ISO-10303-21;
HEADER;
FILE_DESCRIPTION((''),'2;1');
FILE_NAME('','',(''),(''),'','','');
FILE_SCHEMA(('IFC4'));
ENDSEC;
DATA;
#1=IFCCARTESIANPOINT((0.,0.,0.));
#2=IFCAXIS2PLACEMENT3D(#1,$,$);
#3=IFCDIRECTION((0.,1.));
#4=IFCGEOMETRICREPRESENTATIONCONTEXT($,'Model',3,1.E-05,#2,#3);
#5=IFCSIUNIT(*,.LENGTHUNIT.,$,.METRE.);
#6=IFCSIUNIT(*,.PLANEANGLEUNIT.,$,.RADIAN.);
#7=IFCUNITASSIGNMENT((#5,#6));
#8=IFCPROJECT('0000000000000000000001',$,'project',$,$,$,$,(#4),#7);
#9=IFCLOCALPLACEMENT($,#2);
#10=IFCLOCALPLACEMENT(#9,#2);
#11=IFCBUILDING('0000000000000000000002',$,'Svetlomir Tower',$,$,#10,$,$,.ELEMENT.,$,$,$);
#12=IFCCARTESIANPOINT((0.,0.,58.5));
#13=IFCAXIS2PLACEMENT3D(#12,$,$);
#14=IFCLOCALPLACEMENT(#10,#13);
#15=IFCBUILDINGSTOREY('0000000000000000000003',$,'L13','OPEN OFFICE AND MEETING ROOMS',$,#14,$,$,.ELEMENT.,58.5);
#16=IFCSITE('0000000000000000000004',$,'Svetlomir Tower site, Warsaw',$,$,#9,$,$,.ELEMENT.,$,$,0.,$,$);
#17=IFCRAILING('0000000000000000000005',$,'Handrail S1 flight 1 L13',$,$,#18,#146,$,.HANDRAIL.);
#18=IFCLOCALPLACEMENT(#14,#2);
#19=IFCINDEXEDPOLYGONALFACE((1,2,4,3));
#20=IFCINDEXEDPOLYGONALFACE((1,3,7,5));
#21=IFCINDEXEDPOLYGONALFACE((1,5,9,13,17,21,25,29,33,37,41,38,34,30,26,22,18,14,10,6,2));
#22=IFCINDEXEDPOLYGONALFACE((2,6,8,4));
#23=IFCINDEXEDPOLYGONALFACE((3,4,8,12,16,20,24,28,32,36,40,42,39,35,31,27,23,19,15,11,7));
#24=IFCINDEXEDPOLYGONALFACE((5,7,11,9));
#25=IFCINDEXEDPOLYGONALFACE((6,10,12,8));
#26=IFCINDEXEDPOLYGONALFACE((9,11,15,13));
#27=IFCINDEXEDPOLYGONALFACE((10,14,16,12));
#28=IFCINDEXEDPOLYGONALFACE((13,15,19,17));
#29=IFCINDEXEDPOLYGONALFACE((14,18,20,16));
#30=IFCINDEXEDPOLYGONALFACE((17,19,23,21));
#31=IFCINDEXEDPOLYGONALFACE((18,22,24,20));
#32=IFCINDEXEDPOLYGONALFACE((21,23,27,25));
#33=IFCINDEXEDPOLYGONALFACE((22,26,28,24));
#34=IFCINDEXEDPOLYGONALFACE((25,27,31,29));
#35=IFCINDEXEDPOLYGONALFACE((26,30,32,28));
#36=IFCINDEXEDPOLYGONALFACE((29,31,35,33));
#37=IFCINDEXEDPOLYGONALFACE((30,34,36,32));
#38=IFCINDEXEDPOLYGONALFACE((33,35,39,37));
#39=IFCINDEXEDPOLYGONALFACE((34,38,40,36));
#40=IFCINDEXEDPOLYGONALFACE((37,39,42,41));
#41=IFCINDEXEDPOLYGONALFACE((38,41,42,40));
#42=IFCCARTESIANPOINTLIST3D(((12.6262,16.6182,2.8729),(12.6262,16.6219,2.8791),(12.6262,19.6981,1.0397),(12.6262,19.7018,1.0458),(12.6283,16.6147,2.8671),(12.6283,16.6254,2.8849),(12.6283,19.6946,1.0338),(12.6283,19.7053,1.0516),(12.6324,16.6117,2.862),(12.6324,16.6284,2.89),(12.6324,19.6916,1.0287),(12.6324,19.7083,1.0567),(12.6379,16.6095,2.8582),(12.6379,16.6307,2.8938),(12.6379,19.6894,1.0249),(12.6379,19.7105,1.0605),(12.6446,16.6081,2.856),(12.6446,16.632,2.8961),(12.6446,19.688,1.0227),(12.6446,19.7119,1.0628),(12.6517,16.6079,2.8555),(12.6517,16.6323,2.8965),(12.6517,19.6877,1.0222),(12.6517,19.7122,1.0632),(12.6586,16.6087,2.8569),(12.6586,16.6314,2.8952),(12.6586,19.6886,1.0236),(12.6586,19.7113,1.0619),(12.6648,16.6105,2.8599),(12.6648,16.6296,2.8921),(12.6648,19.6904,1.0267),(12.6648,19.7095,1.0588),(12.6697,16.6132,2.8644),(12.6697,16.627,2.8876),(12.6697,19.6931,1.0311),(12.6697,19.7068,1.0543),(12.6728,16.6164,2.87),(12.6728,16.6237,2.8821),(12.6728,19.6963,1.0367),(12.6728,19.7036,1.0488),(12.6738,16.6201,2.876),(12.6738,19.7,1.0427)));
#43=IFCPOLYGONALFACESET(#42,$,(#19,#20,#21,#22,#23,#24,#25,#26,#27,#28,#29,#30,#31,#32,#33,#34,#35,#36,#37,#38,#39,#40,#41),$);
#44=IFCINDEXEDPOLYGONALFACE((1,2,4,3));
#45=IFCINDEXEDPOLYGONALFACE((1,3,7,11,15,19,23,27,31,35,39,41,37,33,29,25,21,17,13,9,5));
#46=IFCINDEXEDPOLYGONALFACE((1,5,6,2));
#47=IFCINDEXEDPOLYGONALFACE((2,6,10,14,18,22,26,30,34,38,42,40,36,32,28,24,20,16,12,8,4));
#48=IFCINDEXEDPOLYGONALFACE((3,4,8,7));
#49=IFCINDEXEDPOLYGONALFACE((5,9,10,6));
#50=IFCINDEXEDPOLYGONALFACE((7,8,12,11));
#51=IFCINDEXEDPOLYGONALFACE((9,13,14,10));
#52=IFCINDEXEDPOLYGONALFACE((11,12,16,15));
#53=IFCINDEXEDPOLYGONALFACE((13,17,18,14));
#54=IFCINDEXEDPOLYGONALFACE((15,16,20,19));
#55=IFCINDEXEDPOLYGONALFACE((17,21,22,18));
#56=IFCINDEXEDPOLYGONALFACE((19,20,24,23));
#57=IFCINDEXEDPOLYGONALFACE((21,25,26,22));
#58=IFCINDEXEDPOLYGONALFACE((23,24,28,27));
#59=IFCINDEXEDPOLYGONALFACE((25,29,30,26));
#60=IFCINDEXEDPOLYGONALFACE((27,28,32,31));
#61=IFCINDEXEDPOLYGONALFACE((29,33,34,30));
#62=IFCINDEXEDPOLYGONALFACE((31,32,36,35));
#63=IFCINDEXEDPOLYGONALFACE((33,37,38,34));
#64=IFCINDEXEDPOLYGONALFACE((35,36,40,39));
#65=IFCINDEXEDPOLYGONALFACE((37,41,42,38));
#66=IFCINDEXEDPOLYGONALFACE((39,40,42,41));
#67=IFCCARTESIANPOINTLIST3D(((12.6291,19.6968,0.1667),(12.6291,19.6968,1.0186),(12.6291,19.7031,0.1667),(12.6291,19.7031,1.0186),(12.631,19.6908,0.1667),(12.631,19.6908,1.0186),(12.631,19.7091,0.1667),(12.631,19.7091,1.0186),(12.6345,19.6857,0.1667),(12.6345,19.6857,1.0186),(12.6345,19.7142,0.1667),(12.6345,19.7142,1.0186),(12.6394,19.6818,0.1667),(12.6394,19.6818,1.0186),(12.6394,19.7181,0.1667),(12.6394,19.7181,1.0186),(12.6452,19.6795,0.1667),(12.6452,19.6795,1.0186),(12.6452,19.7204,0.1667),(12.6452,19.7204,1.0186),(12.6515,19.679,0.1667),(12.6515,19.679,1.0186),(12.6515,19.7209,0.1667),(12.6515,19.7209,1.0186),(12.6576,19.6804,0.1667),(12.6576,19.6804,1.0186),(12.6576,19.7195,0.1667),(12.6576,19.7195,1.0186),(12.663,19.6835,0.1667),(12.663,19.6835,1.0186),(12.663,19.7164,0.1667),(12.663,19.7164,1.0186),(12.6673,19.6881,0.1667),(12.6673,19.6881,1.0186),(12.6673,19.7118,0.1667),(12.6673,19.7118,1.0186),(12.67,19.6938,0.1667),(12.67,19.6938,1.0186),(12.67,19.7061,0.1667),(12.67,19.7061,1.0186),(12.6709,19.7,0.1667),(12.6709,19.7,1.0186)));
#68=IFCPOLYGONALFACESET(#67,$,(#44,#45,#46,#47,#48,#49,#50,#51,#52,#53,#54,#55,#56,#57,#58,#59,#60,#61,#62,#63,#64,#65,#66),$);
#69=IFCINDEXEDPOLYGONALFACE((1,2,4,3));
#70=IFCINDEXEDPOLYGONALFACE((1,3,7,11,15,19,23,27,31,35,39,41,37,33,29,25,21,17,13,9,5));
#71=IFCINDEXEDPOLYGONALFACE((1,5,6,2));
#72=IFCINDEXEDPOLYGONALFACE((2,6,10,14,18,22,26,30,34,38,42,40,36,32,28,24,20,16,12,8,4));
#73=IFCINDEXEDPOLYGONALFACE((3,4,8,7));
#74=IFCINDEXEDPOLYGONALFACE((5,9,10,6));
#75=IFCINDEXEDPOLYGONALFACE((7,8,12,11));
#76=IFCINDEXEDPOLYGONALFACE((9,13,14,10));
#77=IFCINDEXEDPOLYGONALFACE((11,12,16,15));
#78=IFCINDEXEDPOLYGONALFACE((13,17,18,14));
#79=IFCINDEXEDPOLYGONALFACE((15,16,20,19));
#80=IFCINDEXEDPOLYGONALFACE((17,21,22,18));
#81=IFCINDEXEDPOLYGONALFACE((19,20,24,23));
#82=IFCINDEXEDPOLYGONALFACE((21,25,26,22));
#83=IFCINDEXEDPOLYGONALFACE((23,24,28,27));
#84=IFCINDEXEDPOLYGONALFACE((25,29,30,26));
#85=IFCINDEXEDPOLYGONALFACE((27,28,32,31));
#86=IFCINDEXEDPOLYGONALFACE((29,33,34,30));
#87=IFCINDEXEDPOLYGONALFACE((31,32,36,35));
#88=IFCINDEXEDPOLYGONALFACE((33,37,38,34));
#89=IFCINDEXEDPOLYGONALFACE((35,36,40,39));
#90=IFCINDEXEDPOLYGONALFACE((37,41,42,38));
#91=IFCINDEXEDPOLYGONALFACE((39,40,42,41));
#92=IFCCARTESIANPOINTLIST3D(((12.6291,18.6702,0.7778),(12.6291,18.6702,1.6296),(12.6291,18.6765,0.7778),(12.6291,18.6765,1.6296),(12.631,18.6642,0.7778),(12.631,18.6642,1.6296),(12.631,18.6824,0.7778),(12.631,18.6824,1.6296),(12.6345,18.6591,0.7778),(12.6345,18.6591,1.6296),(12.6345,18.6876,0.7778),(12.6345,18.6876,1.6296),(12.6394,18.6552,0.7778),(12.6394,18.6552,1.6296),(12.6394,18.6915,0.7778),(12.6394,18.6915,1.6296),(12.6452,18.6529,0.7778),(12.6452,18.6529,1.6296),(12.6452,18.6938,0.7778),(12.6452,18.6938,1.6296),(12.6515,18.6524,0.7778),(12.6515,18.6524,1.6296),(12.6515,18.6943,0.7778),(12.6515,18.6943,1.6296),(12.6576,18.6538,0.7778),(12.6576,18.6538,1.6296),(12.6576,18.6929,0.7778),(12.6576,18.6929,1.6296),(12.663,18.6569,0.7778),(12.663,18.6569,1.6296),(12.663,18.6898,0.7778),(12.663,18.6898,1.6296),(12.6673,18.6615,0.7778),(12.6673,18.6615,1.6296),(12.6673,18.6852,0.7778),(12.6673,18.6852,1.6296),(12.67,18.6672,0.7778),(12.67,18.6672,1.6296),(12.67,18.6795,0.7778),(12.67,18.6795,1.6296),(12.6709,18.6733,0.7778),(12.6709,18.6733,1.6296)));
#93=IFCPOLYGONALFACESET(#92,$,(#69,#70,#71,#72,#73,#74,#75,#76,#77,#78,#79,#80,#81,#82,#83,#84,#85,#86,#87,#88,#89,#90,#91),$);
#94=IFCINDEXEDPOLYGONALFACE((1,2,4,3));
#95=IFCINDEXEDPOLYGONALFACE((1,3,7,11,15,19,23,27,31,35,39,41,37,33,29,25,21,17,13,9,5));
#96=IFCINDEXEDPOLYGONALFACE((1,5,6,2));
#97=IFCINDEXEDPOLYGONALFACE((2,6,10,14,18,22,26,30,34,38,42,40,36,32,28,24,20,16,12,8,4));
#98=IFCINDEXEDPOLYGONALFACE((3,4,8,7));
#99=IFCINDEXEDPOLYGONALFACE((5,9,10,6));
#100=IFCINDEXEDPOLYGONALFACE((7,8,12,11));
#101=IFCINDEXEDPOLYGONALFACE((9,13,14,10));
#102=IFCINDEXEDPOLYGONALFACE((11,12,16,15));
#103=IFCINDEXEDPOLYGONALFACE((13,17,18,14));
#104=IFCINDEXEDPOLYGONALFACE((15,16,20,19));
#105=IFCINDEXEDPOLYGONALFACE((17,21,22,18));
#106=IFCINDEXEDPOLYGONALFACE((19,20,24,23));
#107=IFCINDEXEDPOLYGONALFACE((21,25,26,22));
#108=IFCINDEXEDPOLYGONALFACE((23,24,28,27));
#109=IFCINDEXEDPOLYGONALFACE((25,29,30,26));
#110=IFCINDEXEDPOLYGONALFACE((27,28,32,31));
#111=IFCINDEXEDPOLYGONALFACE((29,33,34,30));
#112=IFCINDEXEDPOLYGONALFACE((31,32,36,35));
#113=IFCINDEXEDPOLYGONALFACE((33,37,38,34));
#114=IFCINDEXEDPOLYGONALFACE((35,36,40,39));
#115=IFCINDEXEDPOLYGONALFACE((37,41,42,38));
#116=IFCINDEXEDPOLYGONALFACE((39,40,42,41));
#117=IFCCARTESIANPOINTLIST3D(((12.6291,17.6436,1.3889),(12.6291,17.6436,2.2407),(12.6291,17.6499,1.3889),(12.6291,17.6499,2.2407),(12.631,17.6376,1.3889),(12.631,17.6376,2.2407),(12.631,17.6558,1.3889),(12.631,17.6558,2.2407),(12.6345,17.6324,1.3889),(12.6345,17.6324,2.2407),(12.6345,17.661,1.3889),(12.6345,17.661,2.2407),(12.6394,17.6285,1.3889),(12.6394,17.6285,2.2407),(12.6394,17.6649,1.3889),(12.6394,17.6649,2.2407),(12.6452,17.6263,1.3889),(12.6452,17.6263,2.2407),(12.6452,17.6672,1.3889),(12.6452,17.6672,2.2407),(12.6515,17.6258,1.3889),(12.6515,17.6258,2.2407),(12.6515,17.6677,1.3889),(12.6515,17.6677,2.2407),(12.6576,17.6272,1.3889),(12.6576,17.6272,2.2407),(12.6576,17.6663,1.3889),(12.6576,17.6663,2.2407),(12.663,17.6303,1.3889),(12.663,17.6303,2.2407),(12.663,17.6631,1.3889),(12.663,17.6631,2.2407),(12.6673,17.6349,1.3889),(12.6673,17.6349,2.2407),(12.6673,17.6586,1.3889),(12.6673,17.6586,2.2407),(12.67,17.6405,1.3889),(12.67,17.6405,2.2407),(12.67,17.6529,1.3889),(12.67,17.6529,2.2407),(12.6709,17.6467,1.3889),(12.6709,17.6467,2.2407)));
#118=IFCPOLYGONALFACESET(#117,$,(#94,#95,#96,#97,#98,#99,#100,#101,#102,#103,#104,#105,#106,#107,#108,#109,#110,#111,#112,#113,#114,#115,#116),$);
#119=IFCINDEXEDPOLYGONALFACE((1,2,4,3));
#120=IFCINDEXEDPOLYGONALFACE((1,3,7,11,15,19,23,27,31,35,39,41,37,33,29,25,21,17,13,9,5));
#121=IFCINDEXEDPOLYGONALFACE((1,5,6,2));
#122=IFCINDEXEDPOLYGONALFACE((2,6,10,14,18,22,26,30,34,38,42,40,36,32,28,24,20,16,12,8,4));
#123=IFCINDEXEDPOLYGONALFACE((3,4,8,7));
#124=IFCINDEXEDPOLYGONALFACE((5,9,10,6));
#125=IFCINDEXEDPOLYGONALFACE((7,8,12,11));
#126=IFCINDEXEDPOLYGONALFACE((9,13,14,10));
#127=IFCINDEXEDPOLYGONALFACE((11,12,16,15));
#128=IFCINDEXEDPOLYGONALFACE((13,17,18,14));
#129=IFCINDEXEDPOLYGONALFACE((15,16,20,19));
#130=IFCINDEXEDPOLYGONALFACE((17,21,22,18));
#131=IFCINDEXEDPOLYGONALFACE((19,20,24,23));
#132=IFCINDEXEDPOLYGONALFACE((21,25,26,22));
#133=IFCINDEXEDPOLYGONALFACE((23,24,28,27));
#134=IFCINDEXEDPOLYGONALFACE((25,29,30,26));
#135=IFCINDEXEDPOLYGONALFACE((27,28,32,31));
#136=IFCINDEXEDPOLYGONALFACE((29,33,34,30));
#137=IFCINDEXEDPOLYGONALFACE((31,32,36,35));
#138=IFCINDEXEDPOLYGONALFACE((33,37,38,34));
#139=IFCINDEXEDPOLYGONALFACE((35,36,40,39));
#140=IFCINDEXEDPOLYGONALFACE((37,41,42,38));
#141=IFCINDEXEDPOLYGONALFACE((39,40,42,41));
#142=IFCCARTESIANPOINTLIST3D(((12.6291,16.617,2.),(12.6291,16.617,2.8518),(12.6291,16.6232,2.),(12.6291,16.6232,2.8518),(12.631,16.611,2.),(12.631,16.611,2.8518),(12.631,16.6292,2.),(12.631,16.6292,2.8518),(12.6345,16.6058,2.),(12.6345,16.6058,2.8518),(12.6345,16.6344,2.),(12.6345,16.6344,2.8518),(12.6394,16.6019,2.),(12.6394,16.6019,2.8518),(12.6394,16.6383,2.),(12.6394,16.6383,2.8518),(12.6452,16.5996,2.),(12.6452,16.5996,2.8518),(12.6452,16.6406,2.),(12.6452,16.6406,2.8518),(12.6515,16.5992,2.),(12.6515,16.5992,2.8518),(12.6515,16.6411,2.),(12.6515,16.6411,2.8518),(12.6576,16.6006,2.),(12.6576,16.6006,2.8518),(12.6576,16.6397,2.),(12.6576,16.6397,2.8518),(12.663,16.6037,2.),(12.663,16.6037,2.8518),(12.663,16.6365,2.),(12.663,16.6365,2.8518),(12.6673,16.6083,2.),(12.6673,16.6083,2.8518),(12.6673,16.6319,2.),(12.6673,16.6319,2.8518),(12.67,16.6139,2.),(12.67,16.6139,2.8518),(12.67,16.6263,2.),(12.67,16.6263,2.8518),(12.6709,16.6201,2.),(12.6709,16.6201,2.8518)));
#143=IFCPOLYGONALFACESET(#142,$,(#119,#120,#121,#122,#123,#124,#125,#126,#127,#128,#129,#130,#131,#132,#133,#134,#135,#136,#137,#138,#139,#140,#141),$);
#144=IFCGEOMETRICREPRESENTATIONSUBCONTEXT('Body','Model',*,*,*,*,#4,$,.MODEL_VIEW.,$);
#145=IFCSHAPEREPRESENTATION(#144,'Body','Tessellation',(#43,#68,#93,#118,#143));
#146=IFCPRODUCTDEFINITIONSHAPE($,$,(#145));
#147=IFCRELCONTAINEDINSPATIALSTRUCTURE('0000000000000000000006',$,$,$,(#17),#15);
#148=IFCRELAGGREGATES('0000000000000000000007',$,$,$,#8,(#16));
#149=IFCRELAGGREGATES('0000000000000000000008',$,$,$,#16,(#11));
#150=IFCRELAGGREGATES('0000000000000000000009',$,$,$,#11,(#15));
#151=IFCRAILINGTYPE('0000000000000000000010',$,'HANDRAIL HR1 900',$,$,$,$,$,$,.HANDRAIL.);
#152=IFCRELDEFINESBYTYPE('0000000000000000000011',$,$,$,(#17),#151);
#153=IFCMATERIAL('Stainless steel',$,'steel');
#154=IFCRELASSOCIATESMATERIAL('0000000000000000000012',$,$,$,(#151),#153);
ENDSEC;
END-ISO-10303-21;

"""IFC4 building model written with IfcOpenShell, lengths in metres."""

from ifc_helpers import new_model, si_unit, direction, frame, origin, origin_2d, place, context, subcontext, project, spatial, circle, extrude, material, type_object, element, save


model = new_model("IFC4")

# Units and contexts
model_context = context("Model", 3, precision=1e-05, world=origin(), true_north=direction((0.0, 1.0)))
body_context = subcontext(model_context, "Body", "Model", "MODEL_VIEW")
ifc_project = project(units=[si_unit("LENGTHUNIT", "METRE"), si_unit("PLANEANGLEUNIT", "RADIAN")], contexts=[model_context])

# Site, building, storey
site_placement = place(None, origin())
site = spatial("IfcSite", under=ifc_project, at=site_placement, Name="Svetlomir Tower site, Warsaw", CompositionType="ELEMENT", RefElevation=0.0)
building_placement = place(site_placement, origin())
building = spatial("IfcBuilding", under=site, at=building_placement, Name="Svetlomir Tower", CompositionType="ELEMENT")
storey_placement = place(building_placement, frame((0.0, 0.0, 58.5)))
storey = spatial("IfcBuildingStorey", under=building, at=storey_placement, Name="L13", Description="OPEN OFFICE AND MEETING ROOMS", CompositionType="ELEMENT", Elevation=58.5)

# Railing
ifc_material_1 = material(Name="Stainless steel", Category="steel")
railing_type = type_object("IfcRailingType", Name="HANDRAIL HR1 900", PredefinedType="HANDRAIL", material=ifc_material_1)
railing_placement = place(storey_placement, frame((12.6499, 19.7, 0.1667)))
element("IfcRailing", 1, at=railing_placement, inside=storey, type_object=railing_type, Name="Handrail S1 flight 1 L13", PredefinedType="HANDRAIL", context=body_context, shape_type="SweptSolid", body=[
    extrude(circle(Radius=0.0239, at=origin_2d()), frame((0.0, 0.0, 0.876), z_axis=(0.0, -0.859291, 0.511487), x_axis=(1.0, 0.0, 0.0)), (0.0, 0.0, 1.0), 3.5842),
    extrude(circle(Radius=0.021, at=origin_2d()), origin(), (0.0, 0.0, 1.0), 0.8518),
    extrude(circle(Radius=0.021, at=origin_2d()), frame((0.0, -1.0266, 0.6111)), (0.0, 0.0, 1.0), 0.8518),
    extrude(circle(Radius=0.021, at=origin_2d()), frame((0.0, -2.0532, 1.2222)), (0.0, 0.0, 1.0), 0.8518),
    extrude(circle(Radius=0.021, at=origin_2d()), frame((0.0, -3.0798, 1.8333)), (0.0, 0.0, 1.0), 0.8518),
])

save(model, "model.ifc")
